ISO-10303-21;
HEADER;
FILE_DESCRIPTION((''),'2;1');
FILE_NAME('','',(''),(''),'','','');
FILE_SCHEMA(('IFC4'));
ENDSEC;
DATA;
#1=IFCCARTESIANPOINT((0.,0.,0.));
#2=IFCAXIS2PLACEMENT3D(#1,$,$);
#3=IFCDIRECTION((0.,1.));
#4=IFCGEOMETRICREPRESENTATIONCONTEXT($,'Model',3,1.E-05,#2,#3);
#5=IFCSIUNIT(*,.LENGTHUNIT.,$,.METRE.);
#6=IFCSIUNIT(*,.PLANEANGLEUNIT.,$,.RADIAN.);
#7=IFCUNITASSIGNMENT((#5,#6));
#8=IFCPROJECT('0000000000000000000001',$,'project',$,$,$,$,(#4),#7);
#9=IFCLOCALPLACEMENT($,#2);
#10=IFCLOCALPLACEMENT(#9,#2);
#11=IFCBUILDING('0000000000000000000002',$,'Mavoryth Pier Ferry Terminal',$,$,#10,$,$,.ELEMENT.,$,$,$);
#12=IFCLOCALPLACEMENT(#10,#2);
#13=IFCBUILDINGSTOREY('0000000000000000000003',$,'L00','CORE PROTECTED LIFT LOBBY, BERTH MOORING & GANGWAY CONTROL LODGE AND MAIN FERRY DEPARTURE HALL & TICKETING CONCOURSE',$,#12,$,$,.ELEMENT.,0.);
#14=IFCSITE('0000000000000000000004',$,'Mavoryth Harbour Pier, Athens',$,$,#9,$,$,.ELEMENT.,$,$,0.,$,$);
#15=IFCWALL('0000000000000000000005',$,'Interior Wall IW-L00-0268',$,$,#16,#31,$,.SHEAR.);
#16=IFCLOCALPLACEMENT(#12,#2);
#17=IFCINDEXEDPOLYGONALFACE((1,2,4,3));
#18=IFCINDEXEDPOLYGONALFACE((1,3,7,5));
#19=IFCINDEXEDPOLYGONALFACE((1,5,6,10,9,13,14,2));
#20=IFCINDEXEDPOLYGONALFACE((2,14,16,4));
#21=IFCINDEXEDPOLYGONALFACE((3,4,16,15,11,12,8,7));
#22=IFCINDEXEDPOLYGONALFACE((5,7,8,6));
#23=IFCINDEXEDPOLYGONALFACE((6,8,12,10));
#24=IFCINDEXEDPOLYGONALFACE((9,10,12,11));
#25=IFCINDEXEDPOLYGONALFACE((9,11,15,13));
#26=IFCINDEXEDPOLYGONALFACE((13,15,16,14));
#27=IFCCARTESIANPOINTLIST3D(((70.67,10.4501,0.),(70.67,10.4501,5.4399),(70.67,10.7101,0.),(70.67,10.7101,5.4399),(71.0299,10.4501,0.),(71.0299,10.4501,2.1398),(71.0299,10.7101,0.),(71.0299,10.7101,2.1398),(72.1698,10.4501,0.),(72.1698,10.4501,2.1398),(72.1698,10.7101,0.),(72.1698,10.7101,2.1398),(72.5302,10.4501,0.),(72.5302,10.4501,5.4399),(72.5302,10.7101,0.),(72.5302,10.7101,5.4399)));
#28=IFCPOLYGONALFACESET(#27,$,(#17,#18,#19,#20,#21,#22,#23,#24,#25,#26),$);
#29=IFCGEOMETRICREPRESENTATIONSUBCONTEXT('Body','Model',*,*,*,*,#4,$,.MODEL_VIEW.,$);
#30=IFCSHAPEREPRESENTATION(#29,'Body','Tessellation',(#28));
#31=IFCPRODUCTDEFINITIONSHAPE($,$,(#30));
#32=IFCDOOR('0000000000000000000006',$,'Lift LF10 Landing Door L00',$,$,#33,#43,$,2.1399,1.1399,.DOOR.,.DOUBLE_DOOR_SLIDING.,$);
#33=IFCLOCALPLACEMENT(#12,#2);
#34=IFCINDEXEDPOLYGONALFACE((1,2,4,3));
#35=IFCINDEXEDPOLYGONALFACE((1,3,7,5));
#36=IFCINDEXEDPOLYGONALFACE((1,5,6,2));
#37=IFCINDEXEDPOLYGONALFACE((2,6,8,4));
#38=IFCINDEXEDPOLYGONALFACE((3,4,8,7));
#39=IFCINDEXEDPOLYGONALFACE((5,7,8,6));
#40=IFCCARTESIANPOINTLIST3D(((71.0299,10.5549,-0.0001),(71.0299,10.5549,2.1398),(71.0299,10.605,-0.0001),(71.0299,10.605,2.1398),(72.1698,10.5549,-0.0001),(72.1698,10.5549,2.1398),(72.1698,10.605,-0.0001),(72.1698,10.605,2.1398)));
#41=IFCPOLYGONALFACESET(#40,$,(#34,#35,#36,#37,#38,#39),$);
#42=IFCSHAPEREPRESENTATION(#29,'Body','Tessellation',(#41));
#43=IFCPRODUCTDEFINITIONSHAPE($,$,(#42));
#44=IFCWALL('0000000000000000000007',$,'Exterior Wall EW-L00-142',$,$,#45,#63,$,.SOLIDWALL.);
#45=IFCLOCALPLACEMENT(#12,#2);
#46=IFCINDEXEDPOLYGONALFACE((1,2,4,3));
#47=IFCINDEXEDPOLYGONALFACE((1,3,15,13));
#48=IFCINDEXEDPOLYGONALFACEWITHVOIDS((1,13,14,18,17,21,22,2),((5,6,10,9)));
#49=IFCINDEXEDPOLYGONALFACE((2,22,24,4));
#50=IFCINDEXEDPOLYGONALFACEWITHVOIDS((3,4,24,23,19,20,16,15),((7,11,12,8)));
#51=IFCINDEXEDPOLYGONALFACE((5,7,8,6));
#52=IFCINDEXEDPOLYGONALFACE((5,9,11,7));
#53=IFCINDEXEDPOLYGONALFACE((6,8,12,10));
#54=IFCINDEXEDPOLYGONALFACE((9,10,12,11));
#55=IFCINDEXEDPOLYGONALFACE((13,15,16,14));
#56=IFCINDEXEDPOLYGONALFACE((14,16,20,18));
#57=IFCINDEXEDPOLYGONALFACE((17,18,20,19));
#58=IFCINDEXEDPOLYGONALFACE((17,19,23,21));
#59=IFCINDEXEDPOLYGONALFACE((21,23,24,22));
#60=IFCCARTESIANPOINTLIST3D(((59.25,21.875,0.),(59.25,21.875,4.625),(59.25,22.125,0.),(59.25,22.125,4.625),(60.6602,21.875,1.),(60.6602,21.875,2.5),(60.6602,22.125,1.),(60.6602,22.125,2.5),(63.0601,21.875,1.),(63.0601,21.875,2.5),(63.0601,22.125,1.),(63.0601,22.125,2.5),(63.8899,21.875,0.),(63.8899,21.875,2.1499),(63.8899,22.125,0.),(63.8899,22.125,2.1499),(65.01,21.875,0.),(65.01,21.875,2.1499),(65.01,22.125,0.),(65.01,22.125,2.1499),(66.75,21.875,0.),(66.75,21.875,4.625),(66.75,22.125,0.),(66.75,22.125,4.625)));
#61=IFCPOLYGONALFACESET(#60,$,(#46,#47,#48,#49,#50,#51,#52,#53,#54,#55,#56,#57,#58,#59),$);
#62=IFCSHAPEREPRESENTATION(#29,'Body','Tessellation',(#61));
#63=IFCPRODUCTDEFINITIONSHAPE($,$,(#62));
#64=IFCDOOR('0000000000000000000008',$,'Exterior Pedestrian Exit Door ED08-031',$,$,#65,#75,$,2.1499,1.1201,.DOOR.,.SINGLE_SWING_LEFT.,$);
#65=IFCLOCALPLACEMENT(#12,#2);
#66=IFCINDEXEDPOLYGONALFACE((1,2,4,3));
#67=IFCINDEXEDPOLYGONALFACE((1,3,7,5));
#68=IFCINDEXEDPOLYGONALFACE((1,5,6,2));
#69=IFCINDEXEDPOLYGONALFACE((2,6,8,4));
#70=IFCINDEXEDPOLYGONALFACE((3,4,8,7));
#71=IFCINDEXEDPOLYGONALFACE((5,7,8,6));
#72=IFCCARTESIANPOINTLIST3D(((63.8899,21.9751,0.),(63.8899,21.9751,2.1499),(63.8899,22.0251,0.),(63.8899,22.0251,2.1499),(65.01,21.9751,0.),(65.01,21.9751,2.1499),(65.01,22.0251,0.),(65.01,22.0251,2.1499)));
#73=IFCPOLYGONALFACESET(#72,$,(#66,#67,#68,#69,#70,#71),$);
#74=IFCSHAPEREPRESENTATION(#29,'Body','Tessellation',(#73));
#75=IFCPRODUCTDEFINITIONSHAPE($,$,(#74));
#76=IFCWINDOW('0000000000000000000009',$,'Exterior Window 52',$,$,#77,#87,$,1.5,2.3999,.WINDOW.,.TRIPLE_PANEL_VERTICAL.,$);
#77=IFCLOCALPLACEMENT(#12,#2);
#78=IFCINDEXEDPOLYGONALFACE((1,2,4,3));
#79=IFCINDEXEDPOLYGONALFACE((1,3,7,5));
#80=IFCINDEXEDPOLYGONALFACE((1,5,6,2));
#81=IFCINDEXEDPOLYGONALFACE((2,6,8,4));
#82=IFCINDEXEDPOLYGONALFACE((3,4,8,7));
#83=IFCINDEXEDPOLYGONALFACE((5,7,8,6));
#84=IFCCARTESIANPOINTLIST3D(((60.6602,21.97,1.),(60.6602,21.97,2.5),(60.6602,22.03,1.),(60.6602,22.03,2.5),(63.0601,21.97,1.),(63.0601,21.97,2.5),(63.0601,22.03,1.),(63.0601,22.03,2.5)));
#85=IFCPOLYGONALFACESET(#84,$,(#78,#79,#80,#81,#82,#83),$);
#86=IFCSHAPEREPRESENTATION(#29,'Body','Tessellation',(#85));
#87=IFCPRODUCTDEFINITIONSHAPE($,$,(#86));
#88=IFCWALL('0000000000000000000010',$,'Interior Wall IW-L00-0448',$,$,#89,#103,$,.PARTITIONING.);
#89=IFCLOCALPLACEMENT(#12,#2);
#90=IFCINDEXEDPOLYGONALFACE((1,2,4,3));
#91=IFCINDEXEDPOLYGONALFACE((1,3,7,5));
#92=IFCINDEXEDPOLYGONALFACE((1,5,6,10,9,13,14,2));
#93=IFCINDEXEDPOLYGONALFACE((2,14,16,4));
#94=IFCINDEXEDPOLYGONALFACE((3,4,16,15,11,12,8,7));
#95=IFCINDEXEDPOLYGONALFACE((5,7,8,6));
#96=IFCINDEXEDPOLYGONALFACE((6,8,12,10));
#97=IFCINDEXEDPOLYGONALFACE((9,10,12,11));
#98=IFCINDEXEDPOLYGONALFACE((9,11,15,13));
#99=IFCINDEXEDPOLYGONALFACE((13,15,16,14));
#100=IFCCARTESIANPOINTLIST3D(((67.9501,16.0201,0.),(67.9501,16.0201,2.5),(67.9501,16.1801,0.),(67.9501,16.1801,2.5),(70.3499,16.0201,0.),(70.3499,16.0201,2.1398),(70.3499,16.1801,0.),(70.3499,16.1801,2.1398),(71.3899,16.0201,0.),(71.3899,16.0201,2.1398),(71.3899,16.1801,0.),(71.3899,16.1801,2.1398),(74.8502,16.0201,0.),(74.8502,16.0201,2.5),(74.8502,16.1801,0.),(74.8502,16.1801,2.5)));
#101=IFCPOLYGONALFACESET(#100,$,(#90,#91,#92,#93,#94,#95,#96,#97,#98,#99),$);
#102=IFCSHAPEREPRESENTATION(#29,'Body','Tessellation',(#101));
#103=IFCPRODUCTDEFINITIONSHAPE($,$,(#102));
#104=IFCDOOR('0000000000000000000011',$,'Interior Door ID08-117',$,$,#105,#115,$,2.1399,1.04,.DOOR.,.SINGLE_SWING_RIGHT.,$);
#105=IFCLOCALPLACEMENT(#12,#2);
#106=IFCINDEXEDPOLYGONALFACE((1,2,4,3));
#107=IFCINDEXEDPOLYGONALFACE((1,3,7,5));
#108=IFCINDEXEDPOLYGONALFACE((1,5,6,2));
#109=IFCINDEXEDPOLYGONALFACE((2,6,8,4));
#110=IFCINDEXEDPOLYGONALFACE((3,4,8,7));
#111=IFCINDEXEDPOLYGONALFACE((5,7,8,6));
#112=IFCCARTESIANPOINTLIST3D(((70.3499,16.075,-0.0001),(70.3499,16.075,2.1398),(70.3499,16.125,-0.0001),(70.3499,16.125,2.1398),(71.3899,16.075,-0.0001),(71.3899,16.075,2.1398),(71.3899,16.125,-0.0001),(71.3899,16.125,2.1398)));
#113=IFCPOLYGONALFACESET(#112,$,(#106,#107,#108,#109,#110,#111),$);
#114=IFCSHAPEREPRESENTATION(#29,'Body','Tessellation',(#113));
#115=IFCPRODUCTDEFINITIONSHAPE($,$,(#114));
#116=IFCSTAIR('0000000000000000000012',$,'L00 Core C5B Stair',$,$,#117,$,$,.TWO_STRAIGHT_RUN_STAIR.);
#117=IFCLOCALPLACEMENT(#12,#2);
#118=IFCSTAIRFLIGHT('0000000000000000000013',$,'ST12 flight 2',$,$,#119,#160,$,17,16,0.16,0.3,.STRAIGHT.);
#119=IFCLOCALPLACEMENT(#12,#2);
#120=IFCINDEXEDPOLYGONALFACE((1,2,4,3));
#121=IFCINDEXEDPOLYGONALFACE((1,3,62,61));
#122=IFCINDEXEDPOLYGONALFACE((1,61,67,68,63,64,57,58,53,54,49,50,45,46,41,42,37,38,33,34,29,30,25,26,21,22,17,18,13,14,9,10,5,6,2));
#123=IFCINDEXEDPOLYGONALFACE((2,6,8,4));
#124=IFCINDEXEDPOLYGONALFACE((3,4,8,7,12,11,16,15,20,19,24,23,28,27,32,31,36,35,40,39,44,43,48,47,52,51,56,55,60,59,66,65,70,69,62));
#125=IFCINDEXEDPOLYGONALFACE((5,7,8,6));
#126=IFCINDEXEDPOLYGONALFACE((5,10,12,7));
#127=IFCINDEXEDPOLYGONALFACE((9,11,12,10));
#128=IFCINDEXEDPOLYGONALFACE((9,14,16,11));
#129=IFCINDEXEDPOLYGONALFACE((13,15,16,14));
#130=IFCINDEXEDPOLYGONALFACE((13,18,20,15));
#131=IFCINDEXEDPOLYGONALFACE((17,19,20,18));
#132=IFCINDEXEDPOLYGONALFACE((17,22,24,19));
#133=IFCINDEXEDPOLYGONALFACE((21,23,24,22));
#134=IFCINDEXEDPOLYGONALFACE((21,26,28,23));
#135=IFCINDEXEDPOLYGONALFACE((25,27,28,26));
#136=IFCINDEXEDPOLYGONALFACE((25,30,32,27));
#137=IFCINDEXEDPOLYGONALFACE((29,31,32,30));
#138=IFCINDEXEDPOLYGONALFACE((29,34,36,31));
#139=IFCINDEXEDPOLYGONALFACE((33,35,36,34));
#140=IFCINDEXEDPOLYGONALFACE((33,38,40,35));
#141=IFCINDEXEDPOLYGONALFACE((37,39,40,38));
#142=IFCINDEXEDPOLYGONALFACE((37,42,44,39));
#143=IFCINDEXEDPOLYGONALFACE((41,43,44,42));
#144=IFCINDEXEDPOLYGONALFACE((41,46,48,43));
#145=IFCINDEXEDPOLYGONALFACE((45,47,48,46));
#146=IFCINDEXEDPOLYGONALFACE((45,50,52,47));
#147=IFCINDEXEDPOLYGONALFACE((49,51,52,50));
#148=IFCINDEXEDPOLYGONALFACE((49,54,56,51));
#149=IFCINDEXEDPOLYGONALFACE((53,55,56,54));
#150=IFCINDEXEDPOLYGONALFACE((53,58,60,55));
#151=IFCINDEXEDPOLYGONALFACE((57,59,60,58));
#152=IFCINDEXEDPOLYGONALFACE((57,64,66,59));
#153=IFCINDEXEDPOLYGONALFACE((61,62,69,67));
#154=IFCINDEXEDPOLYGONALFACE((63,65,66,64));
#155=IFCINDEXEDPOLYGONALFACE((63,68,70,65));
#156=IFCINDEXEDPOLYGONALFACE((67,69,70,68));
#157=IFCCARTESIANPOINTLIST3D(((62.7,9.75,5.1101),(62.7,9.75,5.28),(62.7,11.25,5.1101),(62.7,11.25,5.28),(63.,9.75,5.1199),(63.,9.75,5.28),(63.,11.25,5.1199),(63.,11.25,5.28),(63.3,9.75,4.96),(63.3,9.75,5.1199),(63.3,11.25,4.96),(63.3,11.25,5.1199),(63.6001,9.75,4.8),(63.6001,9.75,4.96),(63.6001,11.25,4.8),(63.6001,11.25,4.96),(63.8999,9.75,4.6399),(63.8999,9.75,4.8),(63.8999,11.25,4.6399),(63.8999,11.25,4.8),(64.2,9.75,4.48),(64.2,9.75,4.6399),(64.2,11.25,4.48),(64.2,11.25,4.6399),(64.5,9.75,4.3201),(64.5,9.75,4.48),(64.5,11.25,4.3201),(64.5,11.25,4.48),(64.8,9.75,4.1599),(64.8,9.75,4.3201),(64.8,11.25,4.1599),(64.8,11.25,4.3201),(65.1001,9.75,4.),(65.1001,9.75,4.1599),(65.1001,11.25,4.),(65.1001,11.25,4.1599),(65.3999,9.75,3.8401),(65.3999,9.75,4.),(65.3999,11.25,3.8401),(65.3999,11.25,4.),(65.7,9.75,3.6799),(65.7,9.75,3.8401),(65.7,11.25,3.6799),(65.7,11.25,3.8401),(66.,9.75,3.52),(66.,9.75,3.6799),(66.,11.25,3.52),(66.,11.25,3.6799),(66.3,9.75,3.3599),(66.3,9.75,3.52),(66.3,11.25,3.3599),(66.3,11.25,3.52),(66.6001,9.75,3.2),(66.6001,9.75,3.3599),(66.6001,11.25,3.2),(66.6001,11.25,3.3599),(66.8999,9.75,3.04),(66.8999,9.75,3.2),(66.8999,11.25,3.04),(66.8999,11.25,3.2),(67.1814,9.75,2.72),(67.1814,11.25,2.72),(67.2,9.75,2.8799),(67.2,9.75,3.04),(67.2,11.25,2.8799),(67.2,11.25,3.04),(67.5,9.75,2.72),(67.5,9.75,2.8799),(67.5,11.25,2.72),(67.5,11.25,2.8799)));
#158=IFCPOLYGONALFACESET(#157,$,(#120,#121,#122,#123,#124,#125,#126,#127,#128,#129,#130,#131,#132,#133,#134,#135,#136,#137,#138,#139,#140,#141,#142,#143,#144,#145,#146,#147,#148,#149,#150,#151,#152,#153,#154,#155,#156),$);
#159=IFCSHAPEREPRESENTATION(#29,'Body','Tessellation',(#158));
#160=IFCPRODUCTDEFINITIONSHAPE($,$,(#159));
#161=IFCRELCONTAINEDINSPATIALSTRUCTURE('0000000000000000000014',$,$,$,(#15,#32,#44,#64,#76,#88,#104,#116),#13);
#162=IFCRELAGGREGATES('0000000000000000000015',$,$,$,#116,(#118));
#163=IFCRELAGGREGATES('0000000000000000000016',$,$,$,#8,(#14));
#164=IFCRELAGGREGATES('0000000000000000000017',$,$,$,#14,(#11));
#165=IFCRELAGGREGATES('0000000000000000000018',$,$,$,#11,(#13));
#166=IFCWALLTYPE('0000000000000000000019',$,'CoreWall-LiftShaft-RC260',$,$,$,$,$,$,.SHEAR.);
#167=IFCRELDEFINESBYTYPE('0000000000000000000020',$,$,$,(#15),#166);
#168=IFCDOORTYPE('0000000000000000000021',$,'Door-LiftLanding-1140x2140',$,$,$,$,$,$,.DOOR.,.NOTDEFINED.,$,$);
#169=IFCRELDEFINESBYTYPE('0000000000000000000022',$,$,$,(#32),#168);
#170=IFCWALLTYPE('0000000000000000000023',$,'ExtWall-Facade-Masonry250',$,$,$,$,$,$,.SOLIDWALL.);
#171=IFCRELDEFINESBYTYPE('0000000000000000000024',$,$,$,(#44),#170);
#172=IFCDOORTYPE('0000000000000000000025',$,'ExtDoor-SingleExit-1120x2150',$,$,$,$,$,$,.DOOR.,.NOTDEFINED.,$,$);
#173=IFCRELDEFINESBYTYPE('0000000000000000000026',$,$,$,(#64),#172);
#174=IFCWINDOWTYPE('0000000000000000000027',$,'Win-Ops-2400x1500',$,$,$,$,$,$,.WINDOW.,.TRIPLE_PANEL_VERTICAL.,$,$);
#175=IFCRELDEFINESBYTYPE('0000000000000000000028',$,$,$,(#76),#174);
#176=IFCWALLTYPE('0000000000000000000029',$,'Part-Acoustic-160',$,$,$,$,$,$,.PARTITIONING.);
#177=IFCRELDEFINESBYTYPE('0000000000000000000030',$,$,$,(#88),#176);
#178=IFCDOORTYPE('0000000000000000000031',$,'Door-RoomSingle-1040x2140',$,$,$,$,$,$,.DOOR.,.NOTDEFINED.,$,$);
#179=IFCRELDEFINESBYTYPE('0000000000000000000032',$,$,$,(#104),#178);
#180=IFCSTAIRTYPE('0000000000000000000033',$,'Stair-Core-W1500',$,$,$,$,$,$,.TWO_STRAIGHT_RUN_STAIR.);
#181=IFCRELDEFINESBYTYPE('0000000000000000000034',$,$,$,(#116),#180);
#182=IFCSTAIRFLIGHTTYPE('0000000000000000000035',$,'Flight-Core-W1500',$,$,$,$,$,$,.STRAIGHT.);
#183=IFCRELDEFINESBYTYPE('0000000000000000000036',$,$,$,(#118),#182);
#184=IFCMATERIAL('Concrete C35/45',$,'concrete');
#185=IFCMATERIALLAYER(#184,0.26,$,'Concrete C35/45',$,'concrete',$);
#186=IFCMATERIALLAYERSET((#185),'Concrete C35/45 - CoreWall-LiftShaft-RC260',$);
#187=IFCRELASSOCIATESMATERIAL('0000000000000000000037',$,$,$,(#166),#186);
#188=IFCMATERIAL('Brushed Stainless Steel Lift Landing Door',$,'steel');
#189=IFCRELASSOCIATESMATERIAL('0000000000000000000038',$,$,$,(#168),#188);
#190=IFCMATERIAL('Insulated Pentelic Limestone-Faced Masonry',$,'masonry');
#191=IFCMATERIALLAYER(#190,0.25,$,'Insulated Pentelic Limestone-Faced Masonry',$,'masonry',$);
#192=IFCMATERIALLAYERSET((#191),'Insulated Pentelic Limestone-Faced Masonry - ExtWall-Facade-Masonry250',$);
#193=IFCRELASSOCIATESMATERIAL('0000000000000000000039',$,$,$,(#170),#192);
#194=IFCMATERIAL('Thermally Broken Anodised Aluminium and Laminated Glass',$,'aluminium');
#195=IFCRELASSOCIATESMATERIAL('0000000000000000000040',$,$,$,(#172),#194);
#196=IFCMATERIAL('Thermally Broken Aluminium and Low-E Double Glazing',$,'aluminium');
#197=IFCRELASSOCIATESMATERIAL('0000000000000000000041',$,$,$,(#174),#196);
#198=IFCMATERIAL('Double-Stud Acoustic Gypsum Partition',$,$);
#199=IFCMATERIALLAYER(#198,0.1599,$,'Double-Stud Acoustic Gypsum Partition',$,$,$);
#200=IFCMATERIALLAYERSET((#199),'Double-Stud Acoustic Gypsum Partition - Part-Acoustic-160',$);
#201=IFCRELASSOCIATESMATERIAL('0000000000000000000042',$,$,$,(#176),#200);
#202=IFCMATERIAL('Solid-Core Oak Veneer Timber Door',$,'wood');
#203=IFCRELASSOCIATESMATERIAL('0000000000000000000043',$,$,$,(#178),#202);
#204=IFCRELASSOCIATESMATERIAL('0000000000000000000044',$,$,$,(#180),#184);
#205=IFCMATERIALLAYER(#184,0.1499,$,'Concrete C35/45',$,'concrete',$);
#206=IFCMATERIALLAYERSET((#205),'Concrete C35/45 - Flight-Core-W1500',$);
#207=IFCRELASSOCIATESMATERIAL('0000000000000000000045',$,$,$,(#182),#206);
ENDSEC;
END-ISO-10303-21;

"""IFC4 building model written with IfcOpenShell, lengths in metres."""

from ifc_helpers import new_model, si_unit, direction, frame, frame_2d, origin, place, context, subcontext, project, spatial, polyline, rectangle, outline, extrude, material, layer, layer_set, type_object, element, fill, aggregate, save


model = new_model("IFC4")

# Units and contexts
model_context = context("Model", 3, precision=1e-05, world=origin(), true_north=direction((0.0, 1.0)))
body_context = subcontext(model_context, "Body", "Model", "MODEL_VIEW")
ifc_project = project(units=[si_unit("LENGTHUNIT", "METRE"), si_unit("PLANEANGLEUNIT", "RADIAN")], contexts=[model_context])

# Site, building, storey
site_placement = place(None, origin())
site = spatial("IfcSite", under=ifc_project, at=site_placement, Name="Mavoryth Harbour Pier, Athens", CompositionType="ELEMENT", RefElevation=0.0)
building_placement = place(site_placement, origin())
building = spatial("IfcBuilding", under=site, at=building_placement, Name="Mavoryth Pier Ferry Terminal", CompositionType="ELEMENT")
storey_placement = place(building_placement, origin())
storey = spatial("IfcBuildingStorey", under=building, at=storey_placement, Name="L00", Description="CORE PROTECTED LIFT LOBBY, BERTH MOORING & GANGWAY CONTROL LODGE AND MAIN FERRY DEPARTURE HALL & TICKETING CONCOURSE", CompositionType="ELEMENT", Elevation=0.0)

# Shared definitions
ifc_material_1 = material(Name="Concrete C35/45", Category="concrete")

# Shared definitions
ifc_layer_1 = layer(ifc_material_1, 0.26, Name="Concrete C35/45", Category="concrete")
ifc_layer_set_1 = layer_set([ifc_layer_1], Name="Concrete C35/45 - CoreWall-LiftShaft-RC260")
wall_type_1 = type_object("IfcWallType", Name="CoreWall-LiftShaft-RC260", PredefinedType="SHEAR", material=ifc_layer_set_1)

# Wall, opening, door
wall_1_placement = place(storey_placement, frame((70.6699, 10.5801, 0.0), z_axis=(0.0, 0.0, 1.0), x_axis=(1.0, 0.0, 0.0)))
wall_1 = element("IfcWall", 1, at=wall_1_placement, inside=storey, type_object=wall_type_1, Name="Interior Wall IW-L00-0268", PredefinedType="SHEAR", context=body_context, shape_type="SweptSolid", body=[
    extrude(rectangle(XDim=1.8601, YDim=0.26, at=frame_2d((0.9302, 0.0))), origin(), (0.0, 0.0, 1.0), 5.4399),
])
opening_1_placement = place(wall_1_placement, frame((0.3601, 0.0, 0.0)))
opening_1 = element("IfcOpeningElement", 2, at=opening_1_placement, cuts=wall_1, PredefinedType="OPENING", context=body_context, shape_type="SweptSolid", body=[
    extrude(rectangle(XDim=1.1399, YDim=2.1399, at=frame_2d((0.5698, 1.0698))), frame((0.0, 0.1399, 0.0), z_axis=(0.0, -1.0, 0.0), x_axis=(1.0, 0.0, 0.0)), (0.0, 0.0, 1.0), 0.28),
])
ifc_material_2 = material(Name="Brushed Stainless Steel Lift Landing Door", Category="steel")
door_type_1 = type_object("IfcDoorType", Name="Door-LiftLanding-1140x2140", OperationType="NOTDEFINED", PredefinedType="DOOR", material=ifc_material_2)
door_1_placement = place(opening_1_placement, origin())
door_1 = element("IfcDoor", 3, at=door_1_placement, inside=storey, type_object=door_type_1, Name="Lift LF10 Landing Door L00", OperationType="DOUBLE_DOOR_SLIDING", OverallHeight=2.1399, OverallWidth=1.1399, PredefinedType="DOOR", context=body_context, shape_type="SweptSolid", body=[
    extrude(rectangle(XDim=1.1399, YDim=2.1399, at=frame_2d((0.5698, 1.0698))), frame((0.0, 0.0249, 0.0), z_axis=(0.0, -1.0, 0.0), x_axis=(1.0, 0.0, 0.0)), (0.0, 0.0, 1.0), 0.05),
])
fill(opening_1, door_1)

# Wall, openings, door, window
ifc_material_3 = material(Name="Insulated Pentelic Limestone-Faced Masonry", Category="masonry")
ifc_layer_2 = layer(ifc_material_3, 0.25, Name="Insulated Pentelic Limestone-Faced Masonry", Category="masonry")
ifc_layer_set_2 = layer_set([ifc_layer_2], Name="Insulated Pentelic Limestone-Faced Masonry - ExtWall-Facade-Masonry250")
wall_type_2 = type_object("IfcWallType", Name="ExtWall-Facade-Masonry250", PredefinedType="SOLIDWALL", material=ifc_layer_set_2)
wall_2_placement = place(storey_placement, frame((66.75, 22.0, 0.0), z_axis=(0.0, 0.0, 1.0), x_axis=(-1.0, 0.0, 0.0)))
wall_2 = element("IfcWall", 4, at=wall_2_placement, inside=storey, type_object=wall_type_2, Name="Exterior Wall EW-L00-142", PredefinedType="SOLIDWALL", context=body_context, shape_type="SweptSolid", body=[
    extrude(rectangle(XDim=7.5, YDim=0.25, at=frame_2d((3.75, 0.0))), origin(), (0.0, 0.0, 1.0), 4.625),
])
opening_2_placement = place(wall_2_placement, frame((1.74, 0.0, 0.0)))
opening_2 = element("IfcOpeningElement", 5, at=opening_2_placement, cuts=wall_2, PredefinedType="OPENING", context=body_context, shape_type="SweptSolid", body=[
    extrude(rectangle(XDim=1.1201, YDim=2.1499, at=frame_2d((0.5601, 1.075))), frame((0.0, 0.135, 0.0), z_axis=(0.0, -1.0, 0.0), x_axis=(1.0, 0.0, 0.0)), (0.0, 0.0, 1.0), 0.27),
])
opening_3_placement = place(wall_2_placement, frame((3.6899, 0.0, 1.0)))
opening_3 = element("IfcOpeningElement", 6, at=opening_3_placement, cuts=wall_2, PredefinedType="OPENING", context=body_context, shape_type="SweptSolid", body=[
    extrude(rectangle(XDim=2.3999, YDim=1.5, at=frame_2d((1.2, 0.75))), frame((0.0, 0.135, 0.0), z_axis=(0.0, -1.0, 0.0), x_axis=(1.0, 0.0, 0.0)), (0.0, 0.0, 1.0), 0.27),
])
ifc_material_4 = material(Name="Thermally Broken Anodised Aluminium and Laminated Glass", Category="aluminium")
door_type_2 = type_object("IfcDoorType", Name="ExtDoor-SingleExit-1120x2150", OperationType="NOTDEFINED", PredefinedType="DOOR", material=ifc_material_4)
door_2_placement = place(opening_2_placement, origin())
door_2 = element("IfcDoor", 7, at=door_2_placement, inside=storey, type_object=door_type_2, Name="Exterior Pedestrian Exit Door ED08-031", OperationType="SINGLE_SWING_LEFT", OverallHeight=2.1499, OverallWidth=1.1201, PredefinedType="DOOR", context=body_context, shape_type="SweptSolid", body=[
    extrude(rectangle(XDim=1.1201, YDim=2.1499, at=frame_2d((0.5601, 1.075))), frame((0.0, 0.0249, 0.0), z_axis=(0.0, -1.0, 0.0), x_axis=(1.0, 0.0, 0.0)), (0.0, 0.0, 1.0), 0.05),
])
fill(opening_2, door_2)
ifc_material_5 = material(Name="Thermally Broken Aluminium and Low-E Double Glazing", Category="aluminium")
window_type = type_object("IfcWindowType", Name="Win-Ops-2400x1500", PartitioningType="TRIPLE_PANEL_VERTICAL", PredefinedType="WINDOW", material=ifc_material_5)
window_placement = place(opening_3_placement, origin())
window = element("IfcWindow", 8, at=window_placement, inside=storey, type_object=window_type, Name="Exterior Window 52", OverallHeight=1.5, OverallWidth=2.3999, PartitioningType="TRIPLE_PANEL_VERTICAL", PredefinedType="WINDOW", context=body_context, shape_type="SweptSolid", body=[
    extrude(rectangle(XDim=2.3999, YDim=1.5, at=frame_2d((1.2, 0.75))), frame((0.0, 0.03, 0.0), z_axis=(0.0, -1.0, 0.0), x_axis=(1.0, 0.0, 0.0)), (0.0, 0.0, 1.0), 0.0601),
])
fill(opening_3, window)

# Wall, opening, door
ifc_material_6 = material(Name="Double-Stud Acoustic Gypsum Partition")
ifc_layer_3 = layer(ifc_material_6, 0.1599, Name="Double-Stud Acoustic Gypsum Partition")
ifc_layer_set_3 = layer_set([ifc_layer_3], Name="Double-Stud Acoustic Gypsum Partition - Part-Acoustic-160")
wall_type_3 = type_object("IfcWallType", Name="Part-Acoustic-160", PredefinedType="PARTITIONING", material=ifc_layer_set_3)
wall_3_placement = place(storey_placement, frame((67.95, 16.1001, 0.0), z_axis=(0.0, 0.0, 1.0), x_axis=(1.0, 0.0, 0.0)))
wall_3 = element("IfcWall", 9, at=wall_3_placement, inside=storey, type_object=wall_type_3, Name="Interior Wall IW-L00-0448", PredefinedType="PARTITIONING", context=body_context, shape_type="SweptSolid", body=[
    extrude(rectangle(XDim=6.9001, YDim=0.1599, at=frame_2d((3.4502, 0.0))), origin(), (0.0, 0.0, 1.0), 2.5),
])
opening_4_placement = place(wall_3_placement, frame((2.3999, 0.0, 0.0)))
opening_4 = element("IfcOpeningElement", 10, at=opening_4_placement, cuts=wall_3, PredefinedType="OPENING", context=body_context, shape_type="SweptSolid", body=[
    extrude(rectangle(XDim=1.04, YDim=2.1399, at=frame_2d((0.52, 1.0698))), frame((0.0, 0.0898, 0.0), z_axis=(0.0, -1.0, 0.0), x_axis=(1.0, 0.0, 0.0)), (0.0, 0.0, 1.0), 0.1799),
])
ifc_material_7 = material(Name="Solid-Core Oak Veneer Timber Door", Category="wood")
door_type_3 = type_object("IfcDoorType", Name="Door-RoomSingle-1040x2140", OperationType="NOTDEFINED", PredefinedType="DOOR", material=ifc_material_7)
door_3_placement = place(opening_4_placement, origin())
door_3 = element("IfcDoor", 11, at=door_3_placement, inside=storey, type_object=door_type_3, Name="Interior Door ID08-117", OperationType="SINGLE_SWING_RIGHT", OverallHeight=2.1399, OverallWidth=1.04, PredefinedType="DOOR", context=body_context, shape_type="SweptSolid", body=[
    extrude(rectangle(XDim=1.04, YDim=2.1399, at=frame_2d((0.52, 1.0698))), frame((0.0, 0.0249, 0.0), z_axis=(0.0, -1.0, 0.0), x_axis=(1.0, 0.0, 0.0)), (0.0, 0.0, 1.0), 0.05),
])
fill(opening_4, door_3)

# Stair, stair flight
stair_type = type_object("IfcStairType", Name="Stair-Core-W1500", PredefinedType="TWO_STRAIGHT_RUN_STAIR", material=ifc_material_1)
stair_placement = place(storey_placement, origin())
stair = element("IfcStair", 12, at=stair_placement, inside=storey, type_object=stair_type, Name="L00 Core C5B Stair", PredefinedType="TWO_STRAIGHT_RUN_STAIR")
ifc_layer_4 = layer(ifc_material_1, 0.1499, Name="Concrete C35/45", Category="concrete")
ifc_layer_set_4 = layer_set([ifc_layer_4], Name="Concrete C35/45 - Flight-Core-W1500")
stair_flight_type = type_object("IfcStairFlightType", Name="Flight-Core-W1500", PredefinedType="STRAIGHT", material=ifc_layer_set_4)
stair_flight_placement = place(storey_placement, frame((67.5, 10.5, 2.72), z_axis=(0.0, 0.0, 1.0), x_axis=(-1.0, 0.0, 0.0)))
stair_flight = element("IfcStairFlight", 13, at=stair_flight_placement, type_object=stair_flight_type, Name="ST12 flight 2", NumberOfRisers=17, NumberOfTreads=16, PredefinedType="STRAIGHT", RiserHeight=0.16, TreadLength=0.3, context=body_context, shape_type="SweptSolid", body=[
    extrude(outline(polyline([(0.0, 0.0), (0.0, 0.1599), (0.3, 0.1599), (0.3, 0.3201), (0.6001, 0.3201), (0.6001, 0.48), (0.8999, 0.48), (0.8999, 0.6399), (1.2, 0.6399), (1.2, 0.8), (1.5, 0.8), (1.5, 0.96), (1.8, 0.96), (1.8, 1.1201), (2.1001, 1.1201), (2.1001, 1.28), (2.3999, 1.28), (2.3999, 1.4399), (2.7, 1.4399), (2.7, 1.6001), (3.0, 1.6001), (3.0, 1.76), (3.3, 1.76), (3.3, 1.9199), (3.6001, 1.9199), (3.6001, 2.0801), (3.8999, 2.0801), (3.8999, 2.24), (4.2, 2.24), (4.2, 2.3999), (4.5, 2.3999), (4.5, 2.5601), (4.8, 2.5601), (4.8, 2.72), (4.8, 2.3901), (0.3186, 0.0), (0.0, 0.0)])), frame((0.0, 0.75, 0.0), z_axis=(0.0, -1.0, 0.0), x_axis=(1.0, 0.0, 0.0)), (0.0, 0.0, 1.0), 1.5),
])
aggregate(stair, [stair_flight])

save(model, "model.ifc")
